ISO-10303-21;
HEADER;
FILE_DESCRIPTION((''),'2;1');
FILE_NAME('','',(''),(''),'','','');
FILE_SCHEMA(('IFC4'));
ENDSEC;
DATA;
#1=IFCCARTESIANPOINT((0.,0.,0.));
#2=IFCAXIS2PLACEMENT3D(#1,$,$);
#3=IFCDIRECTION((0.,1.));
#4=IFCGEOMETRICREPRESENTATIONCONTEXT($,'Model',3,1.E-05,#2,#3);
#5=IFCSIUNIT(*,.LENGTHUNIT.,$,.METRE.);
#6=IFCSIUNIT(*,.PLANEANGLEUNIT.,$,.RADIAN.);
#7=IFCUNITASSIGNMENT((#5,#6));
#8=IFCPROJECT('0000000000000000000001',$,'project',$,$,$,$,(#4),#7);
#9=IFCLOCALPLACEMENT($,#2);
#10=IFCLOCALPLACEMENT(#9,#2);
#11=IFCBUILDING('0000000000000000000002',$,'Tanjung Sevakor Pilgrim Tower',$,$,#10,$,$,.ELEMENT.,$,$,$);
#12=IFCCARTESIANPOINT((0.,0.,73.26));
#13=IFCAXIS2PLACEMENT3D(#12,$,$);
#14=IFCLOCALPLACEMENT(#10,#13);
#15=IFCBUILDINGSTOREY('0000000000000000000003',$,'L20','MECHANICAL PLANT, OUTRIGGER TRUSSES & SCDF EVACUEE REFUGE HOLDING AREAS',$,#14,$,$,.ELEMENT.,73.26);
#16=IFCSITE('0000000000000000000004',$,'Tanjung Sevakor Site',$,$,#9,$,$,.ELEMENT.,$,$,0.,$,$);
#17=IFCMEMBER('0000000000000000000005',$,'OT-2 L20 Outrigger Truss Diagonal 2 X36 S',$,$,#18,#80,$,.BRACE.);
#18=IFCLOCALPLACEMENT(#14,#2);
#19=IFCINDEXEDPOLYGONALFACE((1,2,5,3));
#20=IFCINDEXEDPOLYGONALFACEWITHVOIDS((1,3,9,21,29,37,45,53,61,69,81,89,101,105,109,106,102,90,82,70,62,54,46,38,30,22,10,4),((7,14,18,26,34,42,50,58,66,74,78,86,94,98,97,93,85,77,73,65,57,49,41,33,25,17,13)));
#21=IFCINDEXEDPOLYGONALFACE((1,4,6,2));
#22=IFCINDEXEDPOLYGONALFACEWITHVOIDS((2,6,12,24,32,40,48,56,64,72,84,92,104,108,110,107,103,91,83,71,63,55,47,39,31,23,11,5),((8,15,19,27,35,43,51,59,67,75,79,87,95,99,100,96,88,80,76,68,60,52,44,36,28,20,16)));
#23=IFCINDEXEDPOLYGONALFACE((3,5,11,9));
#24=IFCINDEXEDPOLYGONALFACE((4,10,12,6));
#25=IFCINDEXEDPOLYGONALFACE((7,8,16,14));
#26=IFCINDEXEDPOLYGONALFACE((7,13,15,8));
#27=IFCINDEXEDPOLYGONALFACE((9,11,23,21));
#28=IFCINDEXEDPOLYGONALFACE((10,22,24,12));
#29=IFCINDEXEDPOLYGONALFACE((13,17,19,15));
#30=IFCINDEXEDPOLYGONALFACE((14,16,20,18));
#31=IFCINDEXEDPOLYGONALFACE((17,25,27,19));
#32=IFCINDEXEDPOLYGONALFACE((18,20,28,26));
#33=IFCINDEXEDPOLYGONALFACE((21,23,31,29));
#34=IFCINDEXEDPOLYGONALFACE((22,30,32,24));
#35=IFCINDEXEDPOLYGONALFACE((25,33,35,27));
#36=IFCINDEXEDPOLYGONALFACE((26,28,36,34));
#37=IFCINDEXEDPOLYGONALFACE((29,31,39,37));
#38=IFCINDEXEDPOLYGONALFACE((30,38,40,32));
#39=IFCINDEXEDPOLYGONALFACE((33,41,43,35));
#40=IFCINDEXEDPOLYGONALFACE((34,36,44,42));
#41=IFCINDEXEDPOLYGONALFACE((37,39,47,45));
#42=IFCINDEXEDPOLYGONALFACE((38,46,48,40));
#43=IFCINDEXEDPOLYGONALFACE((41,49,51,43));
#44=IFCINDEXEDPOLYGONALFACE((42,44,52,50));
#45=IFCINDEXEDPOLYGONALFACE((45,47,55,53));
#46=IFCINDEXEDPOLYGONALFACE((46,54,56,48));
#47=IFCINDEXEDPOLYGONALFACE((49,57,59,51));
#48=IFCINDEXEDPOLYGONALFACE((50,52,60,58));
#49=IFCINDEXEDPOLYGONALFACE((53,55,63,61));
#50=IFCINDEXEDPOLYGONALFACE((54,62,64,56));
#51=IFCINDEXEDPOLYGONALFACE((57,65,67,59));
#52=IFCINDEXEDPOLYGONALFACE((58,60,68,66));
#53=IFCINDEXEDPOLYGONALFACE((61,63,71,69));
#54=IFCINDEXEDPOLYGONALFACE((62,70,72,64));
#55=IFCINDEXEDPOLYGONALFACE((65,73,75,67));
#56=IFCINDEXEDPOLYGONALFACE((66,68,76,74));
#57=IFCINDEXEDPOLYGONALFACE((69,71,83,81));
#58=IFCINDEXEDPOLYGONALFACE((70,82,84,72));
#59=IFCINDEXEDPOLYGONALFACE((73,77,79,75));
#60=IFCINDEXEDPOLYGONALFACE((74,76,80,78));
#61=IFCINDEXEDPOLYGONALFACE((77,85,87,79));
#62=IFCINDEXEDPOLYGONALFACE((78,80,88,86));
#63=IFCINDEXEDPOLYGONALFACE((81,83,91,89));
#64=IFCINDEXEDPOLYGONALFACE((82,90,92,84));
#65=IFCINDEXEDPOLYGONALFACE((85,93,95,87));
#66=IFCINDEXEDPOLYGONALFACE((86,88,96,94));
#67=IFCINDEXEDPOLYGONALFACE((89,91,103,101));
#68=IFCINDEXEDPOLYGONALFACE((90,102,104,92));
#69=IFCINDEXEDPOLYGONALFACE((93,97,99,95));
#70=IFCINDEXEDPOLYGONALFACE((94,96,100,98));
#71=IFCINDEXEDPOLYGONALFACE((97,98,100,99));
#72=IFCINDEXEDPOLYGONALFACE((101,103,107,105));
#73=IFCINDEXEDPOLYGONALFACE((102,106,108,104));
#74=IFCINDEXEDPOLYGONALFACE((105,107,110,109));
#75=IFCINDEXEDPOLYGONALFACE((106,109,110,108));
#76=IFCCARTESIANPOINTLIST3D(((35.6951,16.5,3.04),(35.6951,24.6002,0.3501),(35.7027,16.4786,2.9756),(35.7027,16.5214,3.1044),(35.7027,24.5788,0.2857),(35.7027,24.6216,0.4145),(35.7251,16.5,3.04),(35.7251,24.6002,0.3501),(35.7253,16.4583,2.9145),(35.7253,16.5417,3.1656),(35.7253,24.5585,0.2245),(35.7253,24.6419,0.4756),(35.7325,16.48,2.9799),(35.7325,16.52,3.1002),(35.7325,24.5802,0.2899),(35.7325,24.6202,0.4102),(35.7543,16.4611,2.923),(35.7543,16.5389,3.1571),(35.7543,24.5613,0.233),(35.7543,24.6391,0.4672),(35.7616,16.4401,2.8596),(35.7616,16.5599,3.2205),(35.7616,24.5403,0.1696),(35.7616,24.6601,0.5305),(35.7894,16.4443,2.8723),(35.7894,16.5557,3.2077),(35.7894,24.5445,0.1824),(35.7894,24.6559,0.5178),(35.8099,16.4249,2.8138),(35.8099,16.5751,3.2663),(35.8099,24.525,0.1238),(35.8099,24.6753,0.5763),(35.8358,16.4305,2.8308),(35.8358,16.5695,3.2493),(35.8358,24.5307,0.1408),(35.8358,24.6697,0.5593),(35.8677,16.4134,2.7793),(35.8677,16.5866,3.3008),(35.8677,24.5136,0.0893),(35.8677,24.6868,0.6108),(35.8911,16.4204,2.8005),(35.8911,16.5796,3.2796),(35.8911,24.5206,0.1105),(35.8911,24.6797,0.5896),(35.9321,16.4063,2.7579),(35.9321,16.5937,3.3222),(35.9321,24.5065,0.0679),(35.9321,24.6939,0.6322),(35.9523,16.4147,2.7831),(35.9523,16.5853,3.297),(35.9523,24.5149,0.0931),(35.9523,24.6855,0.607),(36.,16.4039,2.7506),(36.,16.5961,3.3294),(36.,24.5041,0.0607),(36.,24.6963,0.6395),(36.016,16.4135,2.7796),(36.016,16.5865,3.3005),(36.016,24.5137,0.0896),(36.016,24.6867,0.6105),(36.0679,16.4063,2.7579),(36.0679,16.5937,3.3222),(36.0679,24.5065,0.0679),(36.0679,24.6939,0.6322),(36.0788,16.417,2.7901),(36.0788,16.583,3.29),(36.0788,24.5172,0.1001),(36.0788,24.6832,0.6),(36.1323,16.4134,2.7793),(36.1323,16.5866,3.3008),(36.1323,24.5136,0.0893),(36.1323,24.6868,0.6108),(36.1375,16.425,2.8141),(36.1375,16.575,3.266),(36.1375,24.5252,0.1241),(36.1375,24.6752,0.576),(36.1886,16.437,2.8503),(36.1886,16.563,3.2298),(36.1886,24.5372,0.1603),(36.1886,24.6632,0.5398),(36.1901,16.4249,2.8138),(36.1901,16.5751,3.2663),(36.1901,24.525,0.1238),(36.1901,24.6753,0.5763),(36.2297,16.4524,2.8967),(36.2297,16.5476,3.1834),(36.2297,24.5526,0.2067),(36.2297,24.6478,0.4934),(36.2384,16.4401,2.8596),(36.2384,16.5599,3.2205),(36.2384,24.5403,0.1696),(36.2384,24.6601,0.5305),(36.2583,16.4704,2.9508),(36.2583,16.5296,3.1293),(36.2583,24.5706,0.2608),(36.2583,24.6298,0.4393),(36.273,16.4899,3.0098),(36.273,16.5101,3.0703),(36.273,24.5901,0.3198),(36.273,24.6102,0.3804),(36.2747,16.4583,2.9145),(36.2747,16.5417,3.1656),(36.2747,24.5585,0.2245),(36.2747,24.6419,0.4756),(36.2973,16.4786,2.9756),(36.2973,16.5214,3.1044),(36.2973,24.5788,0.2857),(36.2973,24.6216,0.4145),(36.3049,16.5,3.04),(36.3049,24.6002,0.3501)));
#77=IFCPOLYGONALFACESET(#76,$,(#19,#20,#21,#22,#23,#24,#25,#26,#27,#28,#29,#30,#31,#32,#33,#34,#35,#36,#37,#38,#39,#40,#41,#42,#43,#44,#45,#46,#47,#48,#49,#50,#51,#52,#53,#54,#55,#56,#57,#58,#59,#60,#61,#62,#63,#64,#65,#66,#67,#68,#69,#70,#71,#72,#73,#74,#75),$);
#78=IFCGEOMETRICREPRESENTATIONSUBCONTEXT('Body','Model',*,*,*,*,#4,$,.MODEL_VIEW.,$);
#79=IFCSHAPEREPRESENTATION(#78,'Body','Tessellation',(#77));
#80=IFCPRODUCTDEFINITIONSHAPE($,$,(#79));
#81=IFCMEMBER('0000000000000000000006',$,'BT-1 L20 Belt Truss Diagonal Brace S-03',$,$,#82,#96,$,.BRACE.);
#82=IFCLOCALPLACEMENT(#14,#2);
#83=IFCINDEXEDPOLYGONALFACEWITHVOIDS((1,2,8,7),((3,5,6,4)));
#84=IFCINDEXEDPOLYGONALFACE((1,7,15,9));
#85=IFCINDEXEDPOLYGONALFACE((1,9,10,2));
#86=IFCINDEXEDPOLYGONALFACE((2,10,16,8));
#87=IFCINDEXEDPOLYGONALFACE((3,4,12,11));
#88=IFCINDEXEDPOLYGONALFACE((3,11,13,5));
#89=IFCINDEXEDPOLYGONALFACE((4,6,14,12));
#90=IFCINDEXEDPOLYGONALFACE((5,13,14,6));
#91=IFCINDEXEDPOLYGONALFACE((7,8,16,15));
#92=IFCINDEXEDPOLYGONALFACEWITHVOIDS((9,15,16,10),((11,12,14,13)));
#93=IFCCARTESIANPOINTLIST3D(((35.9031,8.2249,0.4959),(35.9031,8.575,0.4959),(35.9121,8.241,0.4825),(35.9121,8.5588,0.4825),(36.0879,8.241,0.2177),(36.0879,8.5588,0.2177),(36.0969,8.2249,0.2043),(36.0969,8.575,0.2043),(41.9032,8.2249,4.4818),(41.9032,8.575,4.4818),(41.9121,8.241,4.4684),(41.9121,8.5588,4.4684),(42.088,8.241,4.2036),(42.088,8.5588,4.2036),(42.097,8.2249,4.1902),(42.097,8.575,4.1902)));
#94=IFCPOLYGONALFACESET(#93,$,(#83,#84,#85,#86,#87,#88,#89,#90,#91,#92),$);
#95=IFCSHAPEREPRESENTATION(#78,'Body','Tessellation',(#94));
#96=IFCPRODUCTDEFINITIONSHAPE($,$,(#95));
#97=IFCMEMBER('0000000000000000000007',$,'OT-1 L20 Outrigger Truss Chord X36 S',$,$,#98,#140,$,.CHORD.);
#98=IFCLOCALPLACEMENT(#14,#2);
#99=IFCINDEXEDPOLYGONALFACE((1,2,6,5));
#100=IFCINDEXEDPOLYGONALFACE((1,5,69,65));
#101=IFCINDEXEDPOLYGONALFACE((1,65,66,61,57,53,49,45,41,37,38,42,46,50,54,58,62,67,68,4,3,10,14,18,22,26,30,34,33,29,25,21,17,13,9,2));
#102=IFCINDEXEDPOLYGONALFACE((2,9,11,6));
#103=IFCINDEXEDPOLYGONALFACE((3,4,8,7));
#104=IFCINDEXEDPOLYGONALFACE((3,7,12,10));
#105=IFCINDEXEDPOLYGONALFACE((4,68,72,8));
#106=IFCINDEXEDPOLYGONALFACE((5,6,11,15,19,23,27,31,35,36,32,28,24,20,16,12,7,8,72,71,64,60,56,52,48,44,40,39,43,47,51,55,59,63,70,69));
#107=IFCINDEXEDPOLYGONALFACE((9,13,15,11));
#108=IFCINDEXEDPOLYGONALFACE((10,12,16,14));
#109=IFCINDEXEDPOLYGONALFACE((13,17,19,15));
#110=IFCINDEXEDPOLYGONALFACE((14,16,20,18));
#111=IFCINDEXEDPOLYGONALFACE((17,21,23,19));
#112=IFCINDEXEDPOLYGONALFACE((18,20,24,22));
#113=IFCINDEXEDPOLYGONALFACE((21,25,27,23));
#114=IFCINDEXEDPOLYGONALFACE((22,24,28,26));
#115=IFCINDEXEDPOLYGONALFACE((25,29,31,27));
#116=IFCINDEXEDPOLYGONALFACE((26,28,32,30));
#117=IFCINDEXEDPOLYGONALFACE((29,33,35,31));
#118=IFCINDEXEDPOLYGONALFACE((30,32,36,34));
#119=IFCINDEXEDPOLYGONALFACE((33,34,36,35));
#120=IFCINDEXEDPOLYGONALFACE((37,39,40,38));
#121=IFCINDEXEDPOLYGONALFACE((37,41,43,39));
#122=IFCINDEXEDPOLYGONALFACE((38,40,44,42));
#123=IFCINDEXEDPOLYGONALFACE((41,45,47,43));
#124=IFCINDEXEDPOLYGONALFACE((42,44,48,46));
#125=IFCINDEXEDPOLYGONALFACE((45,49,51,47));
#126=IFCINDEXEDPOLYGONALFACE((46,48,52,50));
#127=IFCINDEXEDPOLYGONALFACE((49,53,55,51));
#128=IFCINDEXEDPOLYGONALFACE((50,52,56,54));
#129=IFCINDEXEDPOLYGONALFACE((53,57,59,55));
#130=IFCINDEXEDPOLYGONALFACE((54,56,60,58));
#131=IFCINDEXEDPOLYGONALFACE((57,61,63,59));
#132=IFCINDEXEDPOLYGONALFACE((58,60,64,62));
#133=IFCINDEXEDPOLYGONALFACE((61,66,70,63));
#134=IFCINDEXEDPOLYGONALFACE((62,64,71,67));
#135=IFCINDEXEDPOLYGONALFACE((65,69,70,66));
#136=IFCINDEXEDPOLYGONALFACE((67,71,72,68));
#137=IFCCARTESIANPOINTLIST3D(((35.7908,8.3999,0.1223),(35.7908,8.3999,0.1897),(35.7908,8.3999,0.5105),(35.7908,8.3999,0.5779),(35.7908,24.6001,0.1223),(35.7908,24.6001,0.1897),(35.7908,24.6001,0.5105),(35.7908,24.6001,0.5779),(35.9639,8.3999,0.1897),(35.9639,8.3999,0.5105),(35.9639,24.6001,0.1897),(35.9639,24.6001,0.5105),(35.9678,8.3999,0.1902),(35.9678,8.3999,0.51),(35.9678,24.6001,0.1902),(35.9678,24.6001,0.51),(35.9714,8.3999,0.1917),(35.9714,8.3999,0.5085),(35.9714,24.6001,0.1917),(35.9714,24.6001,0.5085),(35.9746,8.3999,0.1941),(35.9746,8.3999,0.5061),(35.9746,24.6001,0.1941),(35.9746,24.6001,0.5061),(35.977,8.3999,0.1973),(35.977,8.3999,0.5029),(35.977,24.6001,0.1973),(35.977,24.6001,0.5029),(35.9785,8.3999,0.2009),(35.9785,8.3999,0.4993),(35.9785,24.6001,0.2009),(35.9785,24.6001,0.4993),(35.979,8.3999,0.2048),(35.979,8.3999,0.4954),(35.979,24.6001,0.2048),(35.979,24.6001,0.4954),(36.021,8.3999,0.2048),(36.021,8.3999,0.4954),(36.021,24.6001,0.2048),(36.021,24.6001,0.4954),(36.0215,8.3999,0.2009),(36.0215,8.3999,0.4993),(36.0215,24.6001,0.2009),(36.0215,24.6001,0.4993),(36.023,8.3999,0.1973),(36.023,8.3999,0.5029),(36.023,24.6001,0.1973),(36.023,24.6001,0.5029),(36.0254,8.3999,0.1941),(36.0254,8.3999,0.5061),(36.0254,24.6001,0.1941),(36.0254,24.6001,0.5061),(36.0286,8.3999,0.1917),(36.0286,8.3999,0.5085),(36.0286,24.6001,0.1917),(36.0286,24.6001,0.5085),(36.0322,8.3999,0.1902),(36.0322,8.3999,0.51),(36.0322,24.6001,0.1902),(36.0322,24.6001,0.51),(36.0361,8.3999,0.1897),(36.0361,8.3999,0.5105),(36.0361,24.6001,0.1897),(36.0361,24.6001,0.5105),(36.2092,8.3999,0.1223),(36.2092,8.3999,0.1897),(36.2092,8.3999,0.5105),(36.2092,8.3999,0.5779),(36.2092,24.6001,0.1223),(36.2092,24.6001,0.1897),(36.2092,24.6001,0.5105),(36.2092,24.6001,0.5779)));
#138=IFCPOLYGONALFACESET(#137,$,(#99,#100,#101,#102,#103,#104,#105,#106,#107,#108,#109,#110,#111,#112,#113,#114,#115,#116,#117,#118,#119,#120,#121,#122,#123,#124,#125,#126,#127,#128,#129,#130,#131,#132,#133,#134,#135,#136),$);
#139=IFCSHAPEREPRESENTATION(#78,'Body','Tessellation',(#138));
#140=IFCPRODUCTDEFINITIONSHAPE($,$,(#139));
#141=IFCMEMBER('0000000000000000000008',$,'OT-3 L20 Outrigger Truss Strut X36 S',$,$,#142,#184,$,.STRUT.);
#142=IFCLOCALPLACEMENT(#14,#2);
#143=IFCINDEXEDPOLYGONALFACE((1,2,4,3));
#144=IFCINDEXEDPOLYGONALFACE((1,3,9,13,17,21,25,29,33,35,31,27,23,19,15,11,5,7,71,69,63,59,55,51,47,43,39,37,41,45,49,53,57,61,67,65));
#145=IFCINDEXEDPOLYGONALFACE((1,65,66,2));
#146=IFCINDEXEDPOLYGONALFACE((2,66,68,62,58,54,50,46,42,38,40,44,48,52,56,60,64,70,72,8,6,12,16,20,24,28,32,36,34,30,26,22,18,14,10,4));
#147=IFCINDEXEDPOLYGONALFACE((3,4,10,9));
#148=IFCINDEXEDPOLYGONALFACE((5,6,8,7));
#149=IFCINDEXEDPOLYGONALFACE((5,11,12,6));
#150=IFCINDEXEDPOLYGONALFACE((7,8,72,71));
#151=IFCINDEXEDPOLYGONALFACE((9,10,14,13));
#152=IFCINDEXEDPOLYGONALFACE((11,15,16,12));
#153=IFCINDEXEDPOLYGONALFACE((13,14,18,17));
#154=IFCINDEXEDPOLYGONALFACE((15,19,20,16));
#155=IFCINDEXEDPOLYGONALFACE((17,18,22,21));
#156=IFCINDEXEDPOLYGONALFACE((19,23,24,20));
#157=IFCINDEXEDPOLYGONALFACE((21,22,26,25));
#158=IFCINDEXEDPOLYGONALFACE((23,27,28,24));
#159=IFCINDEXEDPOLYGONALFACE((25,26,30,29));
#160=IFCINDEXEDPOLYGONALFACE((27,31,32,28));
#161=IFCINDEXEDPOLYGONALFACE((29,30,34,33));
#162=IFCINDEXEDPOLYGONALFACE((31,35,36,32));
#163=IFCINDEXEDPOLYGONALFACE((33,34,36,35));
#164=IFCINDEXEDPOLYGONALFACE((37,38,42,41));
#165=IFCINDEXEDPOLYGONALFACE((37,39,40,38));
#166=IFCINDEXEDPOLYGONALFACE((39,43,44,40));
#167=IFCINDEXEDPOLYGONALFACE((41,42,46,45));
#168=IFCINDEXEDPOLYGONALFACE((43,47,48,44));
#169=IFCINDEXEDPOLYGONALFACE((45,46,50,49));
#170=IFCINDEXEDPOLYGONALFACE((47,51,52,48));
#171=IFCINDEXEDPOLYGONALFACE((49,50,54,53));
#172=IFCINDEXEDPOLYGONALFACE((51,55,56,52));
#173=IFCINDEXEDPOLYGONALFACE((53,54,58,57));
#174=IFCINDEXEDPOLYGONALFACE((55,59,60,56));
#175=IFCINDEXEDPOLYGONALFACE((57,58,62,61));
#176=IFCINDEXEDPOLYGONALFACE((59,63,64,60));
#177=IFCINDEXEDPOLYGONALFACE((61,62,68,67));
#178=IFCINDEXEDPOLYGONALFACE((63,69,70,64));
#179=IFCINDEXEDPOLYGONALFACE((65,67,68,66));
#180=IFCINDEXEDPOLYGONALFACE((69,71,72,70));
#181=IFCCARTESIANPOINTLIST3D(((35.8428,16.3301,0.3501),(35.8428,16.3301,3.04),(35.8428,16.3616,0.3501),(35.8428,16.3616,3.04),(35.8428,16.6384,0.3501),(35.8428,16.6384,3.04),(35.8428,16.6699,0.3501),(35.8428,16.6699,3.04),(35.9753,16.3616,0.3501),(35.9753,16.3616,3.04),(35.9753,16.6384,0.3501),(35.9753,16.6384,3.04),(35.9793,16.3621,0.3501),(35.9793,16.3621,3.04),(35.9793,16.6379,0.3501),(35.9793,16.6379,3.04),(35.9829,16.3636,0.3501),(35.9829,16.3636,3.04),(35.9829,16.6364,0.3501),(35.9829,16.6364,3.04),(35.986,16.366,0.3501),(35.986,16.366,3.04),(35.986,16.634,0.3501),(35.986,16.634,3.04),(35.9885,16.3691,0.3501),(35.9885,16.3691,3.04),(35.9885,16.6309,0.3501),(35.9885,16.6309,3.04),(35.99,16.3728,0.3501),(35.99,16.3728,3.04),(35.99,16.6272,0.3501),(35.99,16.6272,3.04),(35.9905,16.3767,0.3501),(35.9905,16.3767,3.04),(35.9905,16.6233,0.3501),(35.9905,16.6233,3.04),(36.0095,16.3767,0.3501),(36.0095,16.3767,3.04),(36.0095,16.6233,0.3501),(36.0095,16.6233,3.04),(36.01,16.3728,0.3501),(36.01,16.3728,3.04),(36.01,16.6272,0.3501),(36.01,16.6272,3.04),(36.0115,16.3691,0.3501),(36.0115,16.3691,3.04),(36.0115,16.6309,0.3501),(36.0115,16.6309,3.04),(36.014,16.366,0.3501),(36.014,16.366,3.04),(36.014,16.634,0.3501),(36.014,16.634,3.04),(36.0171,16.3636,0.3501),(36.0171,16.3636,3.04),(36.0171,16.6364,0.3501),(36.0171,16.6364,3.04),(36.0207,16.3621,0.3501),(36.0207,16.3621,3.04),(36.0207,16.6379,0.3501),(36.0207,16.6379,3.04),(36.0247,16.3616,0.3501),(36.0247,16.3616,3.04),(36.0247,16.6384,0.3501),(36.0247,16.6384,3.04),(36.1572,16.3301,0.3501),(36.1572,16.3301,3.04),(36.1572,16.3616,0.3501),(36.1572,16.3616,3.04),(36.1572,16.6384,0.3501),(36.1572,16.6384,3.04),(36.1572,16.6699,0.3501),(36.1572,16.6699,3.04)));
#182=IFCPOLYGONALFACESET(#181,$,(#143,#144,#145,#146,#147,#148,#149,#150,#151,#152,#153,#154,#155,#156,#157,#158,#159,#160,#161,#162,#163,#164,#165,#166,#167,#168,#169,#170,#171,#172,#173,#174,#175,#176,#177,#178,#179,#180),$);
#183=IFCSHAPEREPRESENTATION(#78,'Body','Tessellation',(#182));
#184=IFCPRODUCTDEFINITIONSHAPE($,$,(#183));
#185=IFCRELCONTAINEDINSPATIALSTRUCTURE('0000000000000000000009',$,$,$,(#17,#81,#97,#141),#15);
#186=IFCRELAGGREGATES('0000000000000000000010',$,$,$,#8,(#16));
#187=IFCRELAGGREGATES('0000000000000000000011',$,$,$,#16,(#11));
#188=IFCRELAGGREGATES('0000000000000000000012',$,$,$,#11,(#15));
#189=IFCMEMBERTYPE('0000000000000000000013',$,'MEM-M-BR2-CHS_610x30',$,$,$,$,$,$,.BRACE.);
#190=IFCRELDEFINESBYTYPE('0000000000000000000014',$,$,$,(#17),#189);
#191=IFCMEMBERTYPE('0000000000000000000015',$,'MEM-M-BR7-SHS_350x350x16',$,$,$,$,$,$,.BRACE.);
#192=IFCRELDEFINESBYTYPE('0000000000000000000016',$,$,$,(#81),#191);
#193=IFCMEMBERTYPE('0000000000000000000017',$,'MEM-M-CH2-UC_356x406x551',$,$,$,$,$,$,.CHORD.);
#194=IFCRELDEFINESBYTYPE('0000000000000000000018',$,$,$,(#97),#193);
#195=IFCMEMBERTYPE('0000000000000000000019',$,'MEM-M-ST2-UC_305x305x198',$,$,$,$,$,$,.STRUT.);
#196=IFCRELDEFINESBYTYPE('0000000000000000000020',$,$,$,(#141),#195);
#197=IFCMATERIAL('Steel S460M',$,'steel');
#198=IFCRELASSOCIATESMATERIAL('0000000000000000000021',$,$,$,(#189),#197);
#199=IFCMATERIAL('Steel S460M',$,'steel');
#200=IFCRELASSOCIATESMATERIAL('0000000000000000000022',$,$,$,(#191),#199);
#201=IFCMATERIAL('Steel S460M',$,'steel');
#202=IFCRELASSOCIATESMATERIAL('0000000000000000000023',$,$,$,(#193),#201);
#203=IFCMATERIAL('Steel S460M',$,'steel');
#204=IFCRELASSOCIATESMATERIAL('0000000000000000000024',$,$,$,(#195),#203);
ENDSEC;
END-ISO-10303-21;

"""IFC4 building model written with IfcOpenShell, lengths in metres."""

from ifc_helpers import new_model, si_unit, direction, frame, origin, origin_2d, place, context, subcontext, project, spatial, hollow_rectangle, hollow_circle, i_section, extrude, material, material_profile, profile_set, type_object, element, save


model = new_model("IFC4")

# Units and contexts
model_context = context("Model", 3, precision=1e-05, world=origin(), true_north=direction((0.0, 1.0)))
body_context = subcontext(model_context, "Body", "Model", "MODEL_VIEW")
ifc_project = project(units=[si_unit("LENGTHUNIT", "METRE"), si_unit("PLANEANGLEUNIT", "RADIAN")], contexts=[model_context])

# Site, building, storey
site_placement = place(None, origin())
site = spatial("IfcSite", under=ifc_project, at=site_placement, Name="Tanjung Sevakor Site", CompositionType="ELEMENT", RefElevation=0.0)
building_placement = place(site_placement, origin())
building = spatial("IfcBuilding", under=site, at=building_placement, Name="Tanjung Sevakor Pilgrim Tower", CompositionType="ELEMENT")
storey_placement = place(building_placement, frame((0.0, 0.0, 73.26)))
storey = spatial("IfcBuildingStorey", under=building, at=storey_placement, Name="L20", Description="MECHANICAL PLANT, OUTRIGGER TRUSSES & SCDF EVACUEE REFUGE HOLDING AREAS", CompositionType="ELEMENT", Elevation=73.26)

# Members
ifc_material_1 = material(Name="Steel S460M", Category="steel")
ifc_material_profile_1 = material_profile(ifc_material_1, hollow_circle(Radius=0.3049, WallThickness=0.03, at=origin_2d()))
ifc_profile_set_1 = profile_set([ifc_material_profile_1], Name="Steel S460M")
member_type_1 = type_object("IfcMemberType", Name="MEM-M-BR2-CHS_610x30", PredefinedType="BRACE", material=ifc_profile_set_1)
for number, where, z_axis, x_axis, name in (
    (1, (36.0, 16.5, 3.04), (0.0, 0.949037, -0.315163), (-1.0, 0.0, 0.0), "OT-2 L20 Outrigger Truss Diagonal 2 X36 S"),
):
    element("IfcMember", number, at=place(storey_placement, frame(where, z_axis=z_axis, x_axis=x_axis)), inside=storey, type_object=member_type_1, Name=name, PredefinedType="BRACE", context=body_context, shape_type="SweptSolid", body=[
        extrude(hollow_circle(Radius=0.3049, WallThickness=0.03, at=origin_2d()), origin(), (0.0, 0.0, 1.0), 8.5352),
    ])
ifc_material_2 = material(Name="Steel S460M", Category="steel")
ifc_material_profile_2 = material_profile(ifc_material_2, hollow_rectangle(XDim=0.3501, YDim=0.3501, WallThickness=0.0161, at=origin_2d()))
ifc_profile_set_2 = profile_set([ifc_material_profile_2], Name="Steel S460M")
member_type_2 = type_object("IfcMemberType", Name="MEM-M-BR7-SHS_350x350x16", PredefinedType="BRACE", material=ifc_profile_set_2)
member_1_placement = place(storey_placement, frame((36.0, 8.3999, 0.3501), z_axis=(0.832956, 0.0, 0.553339), x_axis=(0.0, 1.0, 0.0)))
element("IfcMember", 2, at=member_1_placement, inside=storey, type_object=member_type_2, Name="BT-1 L20 Belt Truss Diagonal Brace S-03", PredefinedType="BRACE", context=body_context, shape_type="SweptSolid", body=[
    extrude(hollow_rectangle(XDim=0.3501, YDim=0.3501, WallThickness=0.0161, at=origin_2d()), origin(), (0.0, 0.0, 1.0), 7.2034),
])
ifc_material_3 = material(Name="Steel S460M", Category="steel")
ifc_material_profile_3 = material_profile(ifc_material_3, i_section(OverallWidth=0.4185, OverallDepth=0.4556, WebThickness=0.042, FlangeThickness=0.0674, FilletRadius=0.0151, at=origin_2d()))
ifc_profile_set_3 = profile_set([ifc_material_profile_3], Name="Steel S460M")
member_type_3 = type_object("IfcMemberType", Name="MEM-M-CH2-UC_356x406x551", PredefinedType="CHORD", material=ifc_profile_set_3)
member_2_placement = place(storey_placement, frame((36.0, 8.3999, 0.3501), z_axis=(0.0, 1.0, 0.0), x_axis=(-1.0, 0.0, 0.0)))
element("IfcMember", 3, at=member_2_placement, inside=storey, type_object=member_type_3, Name="OT-1 L20 Outrigger Truss Chord X36 S", PredefinedType="CHORD", context=body_context, shape_type="SweptSolid", body=[
    extrude(i_section(OverallWidth=0.4185, OverallDepth=0.4556, WebThickness=0.042, FlangeThickness=0.0674, FilletRadius=0.0151, at=origin_2d()), origin(), (0.0, 0.0, 1.0), 16.2002),
])
ifc_material_4 = material(Name="Steel S460M", Category="steel")
ifc_material_profile_4 = material_profile(ifc_material_4, i_section(OverallWidth=0.3145, OverallDepth=0.3398, WebThickness=0.019, FlangeThickness=0.0315, FilletRadius=0.0151, at=origin_2d()))
ifc_profile_set_4 = profile_set([ifc_material_profile_4], Name="Steel S460M")
member_type_4 = type_object("IfcMemberType", Name="MEM-M-ST2-UC_305x305x198", PredefinedType="STRUT", material=ifc_profile_set_4)
member_3_placement = place(storey_placement, frame((36.0, 16.5, 0.3501), z_axis=(0.0, 0.0, 1.0), x_axis=(1.0, 0.0, 0.0)))
element("IfcMember", 4, at=member_3_placement, inside=storey, type_object=member_type_4, Name="OT-3 L20 Outrigger Truss Strut X36 S", PredefinedType="STRUT", context=body_context, shape_type="SweptSolid", body=[
    extrude(i_section(OverallWidth=0.3145, OverallDepth=0.3398, WebThickness=0.019, FlangeThickness=0.0315, FilletRadius=0.0151, at=origin_2d()), origin(), (0.0, 0.0, 1.0), 2.6899),
])

save(model, "model.ifc")
